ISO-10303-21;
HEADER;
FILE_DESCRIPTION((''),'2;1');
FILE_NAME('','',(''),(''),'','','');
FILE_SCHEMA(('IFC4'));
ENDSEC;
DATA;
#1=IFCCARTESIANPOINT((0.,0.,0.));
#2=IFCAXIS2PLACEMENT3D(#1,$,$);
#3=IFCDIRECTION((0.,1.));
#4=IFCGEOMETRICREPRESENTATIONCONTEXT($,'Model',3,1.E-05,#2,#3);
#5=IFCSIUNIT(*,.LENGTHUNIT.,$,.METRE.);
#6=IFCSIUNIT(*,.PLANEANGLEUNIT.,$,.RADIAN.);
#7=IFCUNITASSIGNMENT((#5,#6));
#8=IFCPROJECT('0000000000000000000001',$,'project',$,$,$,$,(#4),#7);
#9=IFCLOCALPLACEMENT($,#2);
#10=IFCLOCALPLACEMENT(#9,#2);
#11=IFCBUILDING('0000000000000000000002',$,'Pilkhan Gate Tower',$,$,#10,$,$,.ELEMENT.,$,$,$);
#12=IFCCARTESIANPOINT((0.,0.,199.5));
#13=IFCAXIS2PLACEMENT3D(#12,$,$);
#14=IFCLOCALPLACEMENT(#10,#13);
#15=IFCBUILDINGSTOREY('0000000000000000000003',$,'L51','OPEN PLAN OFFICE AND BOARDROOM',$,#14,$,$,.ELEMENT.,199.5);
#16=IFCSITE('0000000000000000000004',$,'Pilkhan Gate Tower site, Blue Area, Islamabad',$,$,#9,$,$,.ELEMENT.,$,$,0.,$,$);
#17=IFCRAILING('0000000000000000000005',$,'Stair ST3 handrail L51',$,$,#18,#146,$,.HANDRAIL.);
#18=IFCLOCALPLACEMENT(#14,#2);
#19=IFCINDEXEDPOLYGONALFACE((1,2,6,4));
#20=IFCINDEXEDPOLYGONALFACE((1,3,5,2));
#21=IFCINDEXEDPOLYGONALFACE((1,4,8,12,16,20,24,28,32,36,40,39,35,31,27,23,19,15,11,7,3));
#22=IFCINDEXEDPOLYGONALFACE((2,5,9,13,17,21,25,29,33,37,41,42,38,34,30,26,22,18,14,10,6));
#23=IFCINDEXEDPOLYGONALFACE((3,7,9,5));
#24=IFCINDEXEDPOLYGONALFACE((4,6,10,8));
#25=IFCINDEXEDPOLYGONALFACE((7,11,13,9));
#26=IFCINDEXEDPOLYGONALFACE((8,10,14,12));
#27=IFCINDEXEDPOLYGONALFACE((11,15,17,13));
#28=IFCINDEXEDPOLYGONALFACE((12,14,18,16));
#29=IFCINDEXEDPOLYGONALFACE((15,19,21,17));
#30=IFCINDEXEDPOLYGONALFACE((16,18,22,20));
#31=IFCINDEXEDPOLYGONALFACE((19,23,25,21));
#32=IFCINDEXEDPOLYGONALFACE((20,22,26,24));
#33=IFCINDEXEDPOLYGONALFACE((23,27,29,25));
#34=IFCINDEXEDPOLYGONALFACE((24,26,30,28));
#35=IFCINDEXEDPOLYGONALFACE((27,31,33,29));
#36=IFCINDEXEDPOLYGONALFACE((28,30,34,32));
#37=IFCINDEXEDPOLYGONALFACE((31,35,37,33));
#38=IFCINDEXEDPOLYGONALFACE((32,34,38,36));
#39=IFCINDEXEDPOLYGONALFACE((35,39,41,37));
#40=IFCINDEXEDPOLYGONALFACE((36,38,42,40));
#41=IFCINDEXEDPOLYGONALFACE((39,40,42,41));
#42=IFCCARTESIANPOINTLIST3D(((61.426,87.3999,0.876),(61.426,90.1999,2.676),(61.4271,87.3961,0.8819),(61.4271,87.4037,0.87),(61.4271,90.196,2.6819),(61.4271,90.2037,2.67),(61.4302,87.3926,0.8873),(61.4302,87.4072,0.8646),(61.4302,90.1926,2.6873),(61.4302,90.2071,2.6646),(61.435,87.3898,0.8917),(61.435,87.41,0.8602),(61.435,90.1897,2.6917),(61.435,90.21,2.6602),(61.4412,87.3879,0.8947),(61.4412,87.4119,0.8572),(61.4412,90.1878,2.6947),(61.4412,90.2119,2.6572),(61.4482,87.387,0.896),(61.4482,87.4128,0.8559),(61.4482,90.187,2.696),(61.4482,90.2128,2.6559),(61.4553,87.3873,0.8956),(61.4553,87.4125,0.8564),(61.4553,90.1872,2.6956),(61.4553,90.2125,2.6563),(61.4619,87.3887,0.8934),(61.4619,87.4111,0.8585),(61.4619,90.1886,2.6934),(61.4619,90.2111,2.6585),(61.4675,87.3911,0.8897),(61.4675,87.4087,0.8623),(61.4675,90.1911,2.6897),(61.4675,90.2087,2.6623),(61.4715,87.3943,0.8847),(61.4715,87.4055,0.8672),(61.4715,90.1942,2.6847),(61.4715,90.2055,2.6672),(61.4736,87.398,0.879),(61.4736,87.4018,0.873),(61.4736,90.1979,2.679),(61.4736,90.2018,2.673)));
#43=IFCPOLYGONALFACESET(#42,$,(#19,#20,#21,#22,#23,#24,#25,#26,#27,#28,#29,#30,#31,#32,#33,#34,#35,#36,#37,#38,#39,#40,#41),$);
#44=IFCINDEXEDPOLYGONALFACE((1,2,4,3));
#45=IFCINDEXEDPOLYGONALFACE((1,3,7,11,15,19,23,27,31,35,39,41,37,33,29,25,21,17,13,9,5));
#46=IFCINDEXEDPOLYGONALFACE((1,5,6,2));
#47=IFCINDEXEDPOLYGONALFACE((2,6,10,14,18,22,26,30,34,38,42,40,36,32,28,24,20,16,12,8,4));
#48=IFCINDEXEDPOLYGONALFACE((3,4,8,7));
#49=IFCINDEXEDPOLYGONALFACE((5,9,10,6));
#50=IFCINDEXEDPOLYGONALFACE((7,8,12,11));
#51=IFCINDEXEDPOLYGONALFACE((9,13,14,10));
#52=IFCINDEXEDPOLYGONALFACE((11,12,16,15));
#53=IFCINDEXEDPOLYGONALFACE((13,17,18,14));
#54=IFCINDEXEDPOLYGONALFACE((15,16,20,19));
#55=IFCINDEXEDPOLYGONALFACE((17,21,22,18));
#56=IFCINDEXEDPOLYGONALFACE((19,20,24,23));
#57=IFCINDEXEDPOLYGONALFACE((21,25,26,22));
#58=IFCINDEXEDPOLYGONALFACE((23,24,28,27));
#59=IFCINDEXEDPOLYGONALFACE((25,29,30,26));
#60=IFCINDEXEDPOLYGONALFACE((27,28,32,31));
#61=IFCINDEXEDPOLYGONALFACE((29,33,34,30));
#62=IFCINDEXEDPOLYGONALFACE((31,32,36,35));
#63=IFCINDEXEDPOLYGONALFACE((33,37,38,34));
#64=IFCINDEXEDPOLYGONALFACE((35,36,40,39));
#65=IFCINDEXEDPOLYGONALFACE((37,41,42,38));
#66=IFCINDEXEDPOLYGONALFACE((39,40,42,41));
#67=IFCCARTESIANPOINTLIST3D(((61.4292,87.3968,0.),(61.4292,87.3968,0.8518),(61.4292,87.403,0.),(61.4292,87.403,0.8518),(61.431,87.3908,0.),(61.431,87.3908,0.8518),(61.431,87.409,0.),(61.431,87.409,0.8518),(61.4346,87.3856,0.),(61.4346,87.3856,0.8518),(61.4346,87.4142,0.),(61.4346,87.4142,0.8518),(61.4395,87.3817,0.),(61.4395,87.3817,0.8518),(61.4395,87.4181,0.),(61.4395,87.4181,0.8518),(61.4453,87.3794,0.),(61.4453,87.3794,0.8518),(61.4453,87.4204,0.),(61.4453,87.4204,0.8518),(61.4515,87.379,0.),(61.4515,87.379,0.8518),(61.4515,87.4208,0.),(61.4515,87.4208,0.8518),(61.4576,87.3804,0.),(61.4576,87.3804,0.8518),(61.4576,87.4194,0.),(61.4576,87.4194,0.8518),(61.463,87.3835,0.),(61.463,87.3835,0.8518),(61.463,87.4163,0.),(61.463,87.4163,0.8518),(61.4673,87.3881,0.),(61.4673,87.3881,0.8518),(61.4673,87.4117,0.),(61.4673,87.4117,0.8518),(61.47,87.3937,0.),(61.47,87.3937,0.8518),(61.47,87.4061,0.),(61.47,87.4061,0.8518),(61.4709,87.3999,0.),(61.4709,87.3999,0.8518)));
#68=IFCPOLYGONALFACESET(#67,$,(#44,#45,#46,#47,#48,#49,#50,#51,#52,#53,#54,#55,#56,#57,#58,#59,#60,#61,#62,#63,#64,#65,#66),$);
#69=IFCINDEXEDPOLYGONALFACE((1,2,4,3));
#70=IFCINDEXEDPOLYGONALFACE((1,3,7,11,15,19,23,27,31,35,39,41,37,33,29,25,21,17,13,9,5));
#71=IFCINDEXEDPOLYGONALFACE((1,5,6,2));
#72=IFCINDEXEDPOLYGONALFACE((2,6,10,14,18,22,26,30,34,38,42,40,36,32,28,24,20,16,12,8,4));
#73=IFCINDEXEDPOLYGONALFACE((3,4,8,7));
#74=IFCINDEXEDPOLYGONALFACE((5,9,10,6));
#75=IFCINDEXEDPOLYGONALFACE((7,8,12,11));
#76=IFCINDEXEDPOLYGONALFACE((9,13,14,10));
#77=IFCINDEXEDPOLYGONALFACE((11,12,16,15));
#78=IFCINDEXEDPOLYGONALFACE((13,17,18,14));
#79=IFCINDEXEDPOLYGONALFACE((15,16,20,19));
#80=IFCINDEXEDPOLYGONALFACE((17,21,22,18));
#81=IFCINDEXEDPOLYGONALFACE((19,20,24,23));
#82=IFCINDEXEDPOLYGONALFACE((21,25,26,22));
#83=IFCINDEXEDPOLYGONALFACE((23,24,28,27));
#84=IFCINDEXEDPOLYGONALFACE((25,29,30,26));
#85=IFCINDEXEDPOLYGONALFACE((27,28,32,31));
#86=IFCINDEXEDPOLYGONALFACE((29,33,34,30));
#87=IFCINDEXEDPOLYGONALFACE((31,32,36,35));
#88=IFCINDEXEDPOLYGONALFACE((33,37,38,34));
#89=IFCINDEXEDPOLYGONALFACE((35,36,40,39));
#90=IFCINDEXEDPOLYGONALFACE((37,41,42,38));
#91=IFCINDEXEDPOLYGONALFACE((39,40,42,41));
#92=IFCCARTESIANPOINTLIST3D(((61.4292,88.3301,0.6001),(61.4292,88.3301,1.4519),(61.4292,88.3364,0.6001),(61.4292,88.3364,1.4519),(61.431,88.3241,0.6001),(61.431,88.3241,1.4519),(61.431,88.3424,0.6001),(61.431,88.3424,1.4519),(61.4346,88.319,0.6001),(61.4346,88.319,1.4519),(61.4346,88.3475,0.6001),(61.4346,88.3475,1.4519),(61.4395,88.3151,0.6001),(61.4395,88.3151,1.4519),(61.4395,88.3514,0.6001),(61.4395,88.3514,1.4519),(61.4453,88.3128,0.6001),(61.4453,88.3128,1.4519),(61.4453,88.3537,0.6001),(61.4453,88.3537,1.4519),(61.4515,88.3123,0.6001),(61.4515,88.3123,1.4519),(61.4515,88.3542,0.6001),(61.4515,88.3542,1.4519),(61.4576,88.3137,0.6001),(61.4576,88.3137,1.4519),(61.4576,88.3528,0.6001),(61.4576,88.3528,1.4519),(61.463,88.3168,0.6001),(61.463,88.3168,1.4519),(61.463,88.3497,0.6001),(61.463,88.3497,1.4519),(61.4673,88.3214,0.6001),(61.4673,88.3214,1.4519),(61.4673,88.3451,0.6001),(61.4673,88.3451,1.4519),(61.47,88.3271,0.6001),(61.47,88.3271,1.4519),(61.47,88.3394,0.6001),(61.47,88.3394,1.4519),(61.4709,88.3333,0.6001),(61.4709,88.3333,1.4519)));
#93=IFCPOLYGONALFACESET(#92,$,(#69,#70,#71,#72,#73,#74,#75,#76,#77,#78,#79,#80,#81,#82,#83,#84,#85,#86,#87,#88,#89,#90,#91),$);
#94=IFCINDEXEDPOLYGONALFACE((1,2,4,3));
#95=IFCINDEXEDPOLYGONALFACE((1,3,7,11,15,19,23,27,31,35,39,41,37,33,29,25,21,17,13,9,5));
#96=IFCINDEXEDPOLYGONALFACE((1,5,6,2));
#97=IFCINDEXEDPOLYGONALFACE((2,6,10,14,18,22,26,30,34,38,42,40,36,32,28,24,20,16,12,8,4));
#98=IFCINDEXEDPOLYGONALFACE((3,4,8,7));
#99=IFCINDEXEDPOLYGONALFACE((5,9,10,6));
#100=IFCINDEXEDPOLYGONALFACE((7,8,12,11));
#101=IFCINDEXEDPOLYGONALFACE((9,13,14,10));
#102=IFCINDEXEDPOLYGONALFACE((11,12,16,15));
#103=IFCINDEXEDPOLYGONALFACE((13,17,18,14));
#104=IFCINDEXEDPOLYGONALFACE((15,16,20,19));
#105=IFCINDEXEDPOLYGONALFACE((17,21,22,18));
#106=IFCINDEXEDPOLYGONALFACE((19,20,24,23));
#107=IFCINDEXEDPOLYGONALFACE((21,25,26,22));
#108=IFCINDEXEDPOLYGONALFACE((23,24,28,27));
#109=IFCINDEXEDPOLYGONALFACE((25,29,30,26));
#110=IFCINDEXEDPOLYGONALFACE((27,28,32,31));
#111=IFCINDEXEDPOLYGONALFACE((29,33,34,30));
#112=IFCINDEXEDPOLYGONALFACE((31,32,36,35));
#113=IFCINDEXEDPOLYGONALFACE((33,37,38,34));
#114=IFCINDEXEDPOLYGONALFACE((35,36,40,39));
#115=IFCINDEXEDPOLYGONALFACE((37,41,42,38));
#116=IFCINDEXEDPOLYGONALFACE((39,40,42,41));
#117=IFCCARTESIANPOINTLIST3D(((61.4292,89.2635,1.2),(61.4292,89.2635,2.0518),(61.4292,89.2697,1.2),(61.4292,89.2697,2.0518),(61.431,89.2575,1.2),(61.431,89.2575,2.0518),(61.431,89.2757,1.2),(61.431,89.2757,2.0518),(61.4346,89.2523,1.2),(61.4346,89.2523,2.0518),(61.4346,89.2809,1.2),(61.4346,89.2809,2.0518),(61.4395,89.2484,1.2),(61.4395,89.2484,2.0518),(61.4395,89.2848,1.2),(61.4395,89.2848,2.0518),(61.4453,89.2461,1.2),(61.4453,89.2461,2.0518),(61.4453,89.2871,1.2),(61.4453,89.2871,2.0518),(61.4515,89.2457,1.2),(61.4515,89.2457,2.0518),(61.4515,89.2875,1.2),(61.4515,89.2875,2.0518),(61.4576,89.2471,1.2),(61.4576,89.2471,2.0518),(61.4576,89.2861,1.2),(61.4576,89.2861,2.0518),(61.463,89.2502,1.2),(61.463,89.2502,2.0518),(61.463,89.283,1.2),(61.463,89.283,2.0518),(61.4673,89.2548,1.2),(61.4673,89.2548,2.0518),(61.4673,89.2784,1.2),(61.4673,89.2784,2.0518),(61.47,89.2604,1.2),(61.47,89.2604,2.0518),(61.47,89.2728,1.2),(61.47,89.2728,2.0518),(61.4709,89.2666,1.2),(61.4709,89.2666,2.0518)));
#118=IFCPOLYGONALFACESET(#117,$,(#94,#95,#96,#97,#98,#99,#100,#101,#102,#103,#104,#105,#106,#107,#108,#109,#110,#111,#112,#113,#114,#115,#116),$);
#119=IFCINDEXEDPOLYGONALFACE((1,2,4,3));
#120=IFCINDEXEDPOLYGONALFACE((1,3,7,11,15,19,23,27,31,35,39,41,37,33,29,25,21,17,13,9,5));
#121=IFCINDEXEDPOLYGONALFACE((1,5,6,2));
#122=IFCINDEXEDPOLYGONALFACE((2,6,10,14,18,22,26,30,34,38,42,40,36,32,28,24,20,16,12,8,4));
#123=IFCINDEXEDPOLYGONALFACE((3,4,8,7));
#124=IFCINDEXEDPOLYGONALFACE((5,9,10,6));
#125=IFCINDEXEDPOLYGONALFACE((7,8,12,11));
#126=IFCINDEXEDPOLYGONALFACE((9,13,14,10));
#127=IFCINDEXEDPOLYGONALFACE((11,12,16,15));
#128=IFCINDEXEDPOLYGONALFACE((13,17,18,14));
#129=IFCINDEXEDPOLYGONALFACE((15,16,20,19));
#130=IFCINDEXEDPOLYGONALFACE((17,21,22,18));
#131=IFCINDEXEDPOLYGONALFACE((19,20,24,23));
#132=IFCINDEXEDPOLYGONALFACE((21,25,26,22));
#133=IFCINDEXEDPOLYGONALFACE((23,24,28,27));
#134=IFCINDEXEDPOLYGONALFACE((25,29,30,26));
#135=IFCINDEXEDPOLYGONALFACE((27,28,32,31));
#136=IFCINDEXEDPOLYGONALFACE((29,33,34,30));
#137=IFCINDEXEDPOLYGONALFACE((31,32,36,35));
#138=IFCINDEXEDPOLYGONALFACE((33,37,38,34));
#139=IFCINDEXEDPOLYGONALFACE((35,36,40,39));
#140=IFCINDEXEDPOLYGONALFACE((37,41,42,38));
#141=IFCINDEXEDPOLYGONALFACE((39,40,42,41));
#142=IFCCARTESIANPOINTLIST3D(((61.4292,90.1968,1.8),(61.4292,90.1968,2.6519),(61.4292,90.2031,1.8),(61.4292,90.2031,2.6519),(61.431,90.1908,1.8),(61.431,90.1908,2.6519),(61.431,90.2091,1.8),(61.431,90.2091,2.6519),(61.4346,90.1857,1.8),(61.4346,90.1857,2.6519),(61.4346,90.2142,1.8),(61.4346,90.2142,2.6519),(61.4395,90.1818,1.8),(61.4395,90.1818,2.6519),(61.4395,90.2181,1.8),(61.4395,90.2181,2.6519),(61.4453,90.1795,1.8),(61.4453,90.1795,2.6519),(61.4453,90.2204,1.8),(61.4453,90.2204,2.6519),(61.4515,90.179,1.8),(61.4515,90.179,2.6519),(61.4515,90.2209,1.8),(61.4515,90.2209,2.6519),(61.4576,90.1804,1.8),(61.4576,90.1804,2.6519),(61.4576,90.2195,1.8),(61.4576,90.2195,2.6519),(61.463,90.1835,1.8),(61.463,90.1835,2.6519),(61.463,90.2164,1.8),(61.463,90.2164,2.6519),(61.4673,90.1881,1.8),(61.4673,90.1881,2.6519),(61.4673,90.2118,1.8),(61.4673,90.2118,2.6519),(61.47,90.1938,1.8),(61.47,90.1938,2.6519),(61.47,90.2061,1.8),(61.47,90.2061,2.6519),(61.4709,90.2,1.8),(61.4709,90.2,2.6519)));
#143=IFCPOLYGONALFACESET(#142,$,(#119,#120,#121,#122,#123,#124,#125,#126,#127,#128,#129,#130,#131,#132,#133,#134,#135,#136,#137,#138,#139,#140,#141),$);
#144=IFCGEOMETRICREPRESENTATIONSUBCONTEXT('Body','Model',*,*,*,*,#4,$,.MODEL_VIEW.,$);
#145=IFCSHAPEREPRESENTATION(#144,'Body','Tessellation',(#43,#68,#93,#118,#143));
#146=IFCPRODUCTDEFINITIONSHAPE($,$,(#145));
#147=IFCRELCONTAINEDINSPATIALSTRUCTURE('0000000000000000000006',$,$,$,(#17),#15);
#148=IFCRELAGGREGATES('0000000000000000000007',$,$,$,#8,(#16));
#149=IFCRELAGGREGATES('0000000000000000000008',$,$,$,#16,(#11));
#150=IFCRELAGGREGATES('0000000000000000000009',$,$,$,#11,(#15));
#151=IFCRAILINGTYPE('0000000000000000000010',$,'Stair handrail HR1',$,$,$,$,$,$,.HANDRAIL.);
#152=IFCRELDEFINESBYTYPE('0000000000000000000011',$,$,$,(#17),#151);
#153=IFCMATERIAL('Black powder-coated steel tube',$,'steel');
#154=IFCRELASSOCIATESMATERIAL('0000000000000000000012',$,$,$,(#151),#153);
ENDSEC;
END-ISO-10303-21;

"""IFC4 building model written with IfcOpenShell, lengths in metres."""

from ifc_helpers import new_model, si_unit, direction, frame, origin, origin_2d, place, context, subcontext, project, spatial, circle, extrude, material, type_object, element, save


model = new_model("IFC4")

# Units and contexts
model_context = context("Model", 3, precision=1e-05, world=origin(), true_north=direction((0.0, 1.0)))
body_context = subcontext(model_context, "Body", "Model", "MODEL_VIEW")
ifc_project = project(units=[si_unit("LENGTHUNIT", "METRE"), si_unit("PLANEANGLEUNIT", "RADIAN")], contexts=[model_context])

# Site, building, storey
site_placement = place(None, origin())
site = spatial("IfcSite", under=ifc_project, at=site_placement, Name="Pilkhan Gate Tower site, Blue Area, Islamabad", CompositionType="ELEMENT", RefElevation=0.0)
building_placement = place(site_placement, origin())
building = spatial("IfcBuilding", under=site, at=building_placement, Name="Pilkhan Gate Tower", CompositionType="ELEMENT")
storey_placement = place(building_placement, frame((0.0, 0.0, 199.5)))
storey = spatial("IfcBuildingStorey", under=building, at=storey_placement, Name="L51", Description="OPEN PLAN OFFICE AND BOARDROOM", CompositionType="ELEMENT", Elevation=199.5)

# Railing
ifc_material_1 = material(Name="Black powder-coated steel tube", Category="steel")
railing_type_1 = type_object("IfcRailingType", Name="Stair handrail HR1", PredefinedType="HANDRAIL", material=ifc_material_1)
railing_1_placement = place(storey_placement, frame((61.45, 87.3999, 0.0)))
element("IfcRailing", 1, at=railing_1_placement, inside=storey, type_object=railing_type_1, Name="Stair ST3 handrail L51", PredefinedType="HANDRAIL", context=body_context, shape_type="SweptSolid", body=[
    extrude(circle(Radius=0.0239, at=origin_2d()), frame((0.0, 0.0, 0.876), z_axis=(0.0, 0.841176, 0.540761), x_axis=(-1.0, 0.0, 0.0)), (0.0, 0.0, 1.0), 3.3286),
    extrude(circle(Radius=0.021, at=origin_2d()), origin(), (0.0, 0.0, 1.0), 0.8518),
    extrude(circle(Radius=0.021, at=origin_2d()), frame((0.0, 0.9333, 0.6001)), (0.0, 0.0, 1.0), 0.8518),
    extrude(circle(Radius=0.021, at=origin_2d()), frame((0.0, 1.8667, 1.2)), (0.0, 0.0, 1.0), 0.8518),
    extrude(circle(Radius=0.021, at=origin_2d()), frame((0.0, 2.8, 1.8)), (0.0, 0.0, 1.0), 0.8518),
])

save(model, "model.ifc")
